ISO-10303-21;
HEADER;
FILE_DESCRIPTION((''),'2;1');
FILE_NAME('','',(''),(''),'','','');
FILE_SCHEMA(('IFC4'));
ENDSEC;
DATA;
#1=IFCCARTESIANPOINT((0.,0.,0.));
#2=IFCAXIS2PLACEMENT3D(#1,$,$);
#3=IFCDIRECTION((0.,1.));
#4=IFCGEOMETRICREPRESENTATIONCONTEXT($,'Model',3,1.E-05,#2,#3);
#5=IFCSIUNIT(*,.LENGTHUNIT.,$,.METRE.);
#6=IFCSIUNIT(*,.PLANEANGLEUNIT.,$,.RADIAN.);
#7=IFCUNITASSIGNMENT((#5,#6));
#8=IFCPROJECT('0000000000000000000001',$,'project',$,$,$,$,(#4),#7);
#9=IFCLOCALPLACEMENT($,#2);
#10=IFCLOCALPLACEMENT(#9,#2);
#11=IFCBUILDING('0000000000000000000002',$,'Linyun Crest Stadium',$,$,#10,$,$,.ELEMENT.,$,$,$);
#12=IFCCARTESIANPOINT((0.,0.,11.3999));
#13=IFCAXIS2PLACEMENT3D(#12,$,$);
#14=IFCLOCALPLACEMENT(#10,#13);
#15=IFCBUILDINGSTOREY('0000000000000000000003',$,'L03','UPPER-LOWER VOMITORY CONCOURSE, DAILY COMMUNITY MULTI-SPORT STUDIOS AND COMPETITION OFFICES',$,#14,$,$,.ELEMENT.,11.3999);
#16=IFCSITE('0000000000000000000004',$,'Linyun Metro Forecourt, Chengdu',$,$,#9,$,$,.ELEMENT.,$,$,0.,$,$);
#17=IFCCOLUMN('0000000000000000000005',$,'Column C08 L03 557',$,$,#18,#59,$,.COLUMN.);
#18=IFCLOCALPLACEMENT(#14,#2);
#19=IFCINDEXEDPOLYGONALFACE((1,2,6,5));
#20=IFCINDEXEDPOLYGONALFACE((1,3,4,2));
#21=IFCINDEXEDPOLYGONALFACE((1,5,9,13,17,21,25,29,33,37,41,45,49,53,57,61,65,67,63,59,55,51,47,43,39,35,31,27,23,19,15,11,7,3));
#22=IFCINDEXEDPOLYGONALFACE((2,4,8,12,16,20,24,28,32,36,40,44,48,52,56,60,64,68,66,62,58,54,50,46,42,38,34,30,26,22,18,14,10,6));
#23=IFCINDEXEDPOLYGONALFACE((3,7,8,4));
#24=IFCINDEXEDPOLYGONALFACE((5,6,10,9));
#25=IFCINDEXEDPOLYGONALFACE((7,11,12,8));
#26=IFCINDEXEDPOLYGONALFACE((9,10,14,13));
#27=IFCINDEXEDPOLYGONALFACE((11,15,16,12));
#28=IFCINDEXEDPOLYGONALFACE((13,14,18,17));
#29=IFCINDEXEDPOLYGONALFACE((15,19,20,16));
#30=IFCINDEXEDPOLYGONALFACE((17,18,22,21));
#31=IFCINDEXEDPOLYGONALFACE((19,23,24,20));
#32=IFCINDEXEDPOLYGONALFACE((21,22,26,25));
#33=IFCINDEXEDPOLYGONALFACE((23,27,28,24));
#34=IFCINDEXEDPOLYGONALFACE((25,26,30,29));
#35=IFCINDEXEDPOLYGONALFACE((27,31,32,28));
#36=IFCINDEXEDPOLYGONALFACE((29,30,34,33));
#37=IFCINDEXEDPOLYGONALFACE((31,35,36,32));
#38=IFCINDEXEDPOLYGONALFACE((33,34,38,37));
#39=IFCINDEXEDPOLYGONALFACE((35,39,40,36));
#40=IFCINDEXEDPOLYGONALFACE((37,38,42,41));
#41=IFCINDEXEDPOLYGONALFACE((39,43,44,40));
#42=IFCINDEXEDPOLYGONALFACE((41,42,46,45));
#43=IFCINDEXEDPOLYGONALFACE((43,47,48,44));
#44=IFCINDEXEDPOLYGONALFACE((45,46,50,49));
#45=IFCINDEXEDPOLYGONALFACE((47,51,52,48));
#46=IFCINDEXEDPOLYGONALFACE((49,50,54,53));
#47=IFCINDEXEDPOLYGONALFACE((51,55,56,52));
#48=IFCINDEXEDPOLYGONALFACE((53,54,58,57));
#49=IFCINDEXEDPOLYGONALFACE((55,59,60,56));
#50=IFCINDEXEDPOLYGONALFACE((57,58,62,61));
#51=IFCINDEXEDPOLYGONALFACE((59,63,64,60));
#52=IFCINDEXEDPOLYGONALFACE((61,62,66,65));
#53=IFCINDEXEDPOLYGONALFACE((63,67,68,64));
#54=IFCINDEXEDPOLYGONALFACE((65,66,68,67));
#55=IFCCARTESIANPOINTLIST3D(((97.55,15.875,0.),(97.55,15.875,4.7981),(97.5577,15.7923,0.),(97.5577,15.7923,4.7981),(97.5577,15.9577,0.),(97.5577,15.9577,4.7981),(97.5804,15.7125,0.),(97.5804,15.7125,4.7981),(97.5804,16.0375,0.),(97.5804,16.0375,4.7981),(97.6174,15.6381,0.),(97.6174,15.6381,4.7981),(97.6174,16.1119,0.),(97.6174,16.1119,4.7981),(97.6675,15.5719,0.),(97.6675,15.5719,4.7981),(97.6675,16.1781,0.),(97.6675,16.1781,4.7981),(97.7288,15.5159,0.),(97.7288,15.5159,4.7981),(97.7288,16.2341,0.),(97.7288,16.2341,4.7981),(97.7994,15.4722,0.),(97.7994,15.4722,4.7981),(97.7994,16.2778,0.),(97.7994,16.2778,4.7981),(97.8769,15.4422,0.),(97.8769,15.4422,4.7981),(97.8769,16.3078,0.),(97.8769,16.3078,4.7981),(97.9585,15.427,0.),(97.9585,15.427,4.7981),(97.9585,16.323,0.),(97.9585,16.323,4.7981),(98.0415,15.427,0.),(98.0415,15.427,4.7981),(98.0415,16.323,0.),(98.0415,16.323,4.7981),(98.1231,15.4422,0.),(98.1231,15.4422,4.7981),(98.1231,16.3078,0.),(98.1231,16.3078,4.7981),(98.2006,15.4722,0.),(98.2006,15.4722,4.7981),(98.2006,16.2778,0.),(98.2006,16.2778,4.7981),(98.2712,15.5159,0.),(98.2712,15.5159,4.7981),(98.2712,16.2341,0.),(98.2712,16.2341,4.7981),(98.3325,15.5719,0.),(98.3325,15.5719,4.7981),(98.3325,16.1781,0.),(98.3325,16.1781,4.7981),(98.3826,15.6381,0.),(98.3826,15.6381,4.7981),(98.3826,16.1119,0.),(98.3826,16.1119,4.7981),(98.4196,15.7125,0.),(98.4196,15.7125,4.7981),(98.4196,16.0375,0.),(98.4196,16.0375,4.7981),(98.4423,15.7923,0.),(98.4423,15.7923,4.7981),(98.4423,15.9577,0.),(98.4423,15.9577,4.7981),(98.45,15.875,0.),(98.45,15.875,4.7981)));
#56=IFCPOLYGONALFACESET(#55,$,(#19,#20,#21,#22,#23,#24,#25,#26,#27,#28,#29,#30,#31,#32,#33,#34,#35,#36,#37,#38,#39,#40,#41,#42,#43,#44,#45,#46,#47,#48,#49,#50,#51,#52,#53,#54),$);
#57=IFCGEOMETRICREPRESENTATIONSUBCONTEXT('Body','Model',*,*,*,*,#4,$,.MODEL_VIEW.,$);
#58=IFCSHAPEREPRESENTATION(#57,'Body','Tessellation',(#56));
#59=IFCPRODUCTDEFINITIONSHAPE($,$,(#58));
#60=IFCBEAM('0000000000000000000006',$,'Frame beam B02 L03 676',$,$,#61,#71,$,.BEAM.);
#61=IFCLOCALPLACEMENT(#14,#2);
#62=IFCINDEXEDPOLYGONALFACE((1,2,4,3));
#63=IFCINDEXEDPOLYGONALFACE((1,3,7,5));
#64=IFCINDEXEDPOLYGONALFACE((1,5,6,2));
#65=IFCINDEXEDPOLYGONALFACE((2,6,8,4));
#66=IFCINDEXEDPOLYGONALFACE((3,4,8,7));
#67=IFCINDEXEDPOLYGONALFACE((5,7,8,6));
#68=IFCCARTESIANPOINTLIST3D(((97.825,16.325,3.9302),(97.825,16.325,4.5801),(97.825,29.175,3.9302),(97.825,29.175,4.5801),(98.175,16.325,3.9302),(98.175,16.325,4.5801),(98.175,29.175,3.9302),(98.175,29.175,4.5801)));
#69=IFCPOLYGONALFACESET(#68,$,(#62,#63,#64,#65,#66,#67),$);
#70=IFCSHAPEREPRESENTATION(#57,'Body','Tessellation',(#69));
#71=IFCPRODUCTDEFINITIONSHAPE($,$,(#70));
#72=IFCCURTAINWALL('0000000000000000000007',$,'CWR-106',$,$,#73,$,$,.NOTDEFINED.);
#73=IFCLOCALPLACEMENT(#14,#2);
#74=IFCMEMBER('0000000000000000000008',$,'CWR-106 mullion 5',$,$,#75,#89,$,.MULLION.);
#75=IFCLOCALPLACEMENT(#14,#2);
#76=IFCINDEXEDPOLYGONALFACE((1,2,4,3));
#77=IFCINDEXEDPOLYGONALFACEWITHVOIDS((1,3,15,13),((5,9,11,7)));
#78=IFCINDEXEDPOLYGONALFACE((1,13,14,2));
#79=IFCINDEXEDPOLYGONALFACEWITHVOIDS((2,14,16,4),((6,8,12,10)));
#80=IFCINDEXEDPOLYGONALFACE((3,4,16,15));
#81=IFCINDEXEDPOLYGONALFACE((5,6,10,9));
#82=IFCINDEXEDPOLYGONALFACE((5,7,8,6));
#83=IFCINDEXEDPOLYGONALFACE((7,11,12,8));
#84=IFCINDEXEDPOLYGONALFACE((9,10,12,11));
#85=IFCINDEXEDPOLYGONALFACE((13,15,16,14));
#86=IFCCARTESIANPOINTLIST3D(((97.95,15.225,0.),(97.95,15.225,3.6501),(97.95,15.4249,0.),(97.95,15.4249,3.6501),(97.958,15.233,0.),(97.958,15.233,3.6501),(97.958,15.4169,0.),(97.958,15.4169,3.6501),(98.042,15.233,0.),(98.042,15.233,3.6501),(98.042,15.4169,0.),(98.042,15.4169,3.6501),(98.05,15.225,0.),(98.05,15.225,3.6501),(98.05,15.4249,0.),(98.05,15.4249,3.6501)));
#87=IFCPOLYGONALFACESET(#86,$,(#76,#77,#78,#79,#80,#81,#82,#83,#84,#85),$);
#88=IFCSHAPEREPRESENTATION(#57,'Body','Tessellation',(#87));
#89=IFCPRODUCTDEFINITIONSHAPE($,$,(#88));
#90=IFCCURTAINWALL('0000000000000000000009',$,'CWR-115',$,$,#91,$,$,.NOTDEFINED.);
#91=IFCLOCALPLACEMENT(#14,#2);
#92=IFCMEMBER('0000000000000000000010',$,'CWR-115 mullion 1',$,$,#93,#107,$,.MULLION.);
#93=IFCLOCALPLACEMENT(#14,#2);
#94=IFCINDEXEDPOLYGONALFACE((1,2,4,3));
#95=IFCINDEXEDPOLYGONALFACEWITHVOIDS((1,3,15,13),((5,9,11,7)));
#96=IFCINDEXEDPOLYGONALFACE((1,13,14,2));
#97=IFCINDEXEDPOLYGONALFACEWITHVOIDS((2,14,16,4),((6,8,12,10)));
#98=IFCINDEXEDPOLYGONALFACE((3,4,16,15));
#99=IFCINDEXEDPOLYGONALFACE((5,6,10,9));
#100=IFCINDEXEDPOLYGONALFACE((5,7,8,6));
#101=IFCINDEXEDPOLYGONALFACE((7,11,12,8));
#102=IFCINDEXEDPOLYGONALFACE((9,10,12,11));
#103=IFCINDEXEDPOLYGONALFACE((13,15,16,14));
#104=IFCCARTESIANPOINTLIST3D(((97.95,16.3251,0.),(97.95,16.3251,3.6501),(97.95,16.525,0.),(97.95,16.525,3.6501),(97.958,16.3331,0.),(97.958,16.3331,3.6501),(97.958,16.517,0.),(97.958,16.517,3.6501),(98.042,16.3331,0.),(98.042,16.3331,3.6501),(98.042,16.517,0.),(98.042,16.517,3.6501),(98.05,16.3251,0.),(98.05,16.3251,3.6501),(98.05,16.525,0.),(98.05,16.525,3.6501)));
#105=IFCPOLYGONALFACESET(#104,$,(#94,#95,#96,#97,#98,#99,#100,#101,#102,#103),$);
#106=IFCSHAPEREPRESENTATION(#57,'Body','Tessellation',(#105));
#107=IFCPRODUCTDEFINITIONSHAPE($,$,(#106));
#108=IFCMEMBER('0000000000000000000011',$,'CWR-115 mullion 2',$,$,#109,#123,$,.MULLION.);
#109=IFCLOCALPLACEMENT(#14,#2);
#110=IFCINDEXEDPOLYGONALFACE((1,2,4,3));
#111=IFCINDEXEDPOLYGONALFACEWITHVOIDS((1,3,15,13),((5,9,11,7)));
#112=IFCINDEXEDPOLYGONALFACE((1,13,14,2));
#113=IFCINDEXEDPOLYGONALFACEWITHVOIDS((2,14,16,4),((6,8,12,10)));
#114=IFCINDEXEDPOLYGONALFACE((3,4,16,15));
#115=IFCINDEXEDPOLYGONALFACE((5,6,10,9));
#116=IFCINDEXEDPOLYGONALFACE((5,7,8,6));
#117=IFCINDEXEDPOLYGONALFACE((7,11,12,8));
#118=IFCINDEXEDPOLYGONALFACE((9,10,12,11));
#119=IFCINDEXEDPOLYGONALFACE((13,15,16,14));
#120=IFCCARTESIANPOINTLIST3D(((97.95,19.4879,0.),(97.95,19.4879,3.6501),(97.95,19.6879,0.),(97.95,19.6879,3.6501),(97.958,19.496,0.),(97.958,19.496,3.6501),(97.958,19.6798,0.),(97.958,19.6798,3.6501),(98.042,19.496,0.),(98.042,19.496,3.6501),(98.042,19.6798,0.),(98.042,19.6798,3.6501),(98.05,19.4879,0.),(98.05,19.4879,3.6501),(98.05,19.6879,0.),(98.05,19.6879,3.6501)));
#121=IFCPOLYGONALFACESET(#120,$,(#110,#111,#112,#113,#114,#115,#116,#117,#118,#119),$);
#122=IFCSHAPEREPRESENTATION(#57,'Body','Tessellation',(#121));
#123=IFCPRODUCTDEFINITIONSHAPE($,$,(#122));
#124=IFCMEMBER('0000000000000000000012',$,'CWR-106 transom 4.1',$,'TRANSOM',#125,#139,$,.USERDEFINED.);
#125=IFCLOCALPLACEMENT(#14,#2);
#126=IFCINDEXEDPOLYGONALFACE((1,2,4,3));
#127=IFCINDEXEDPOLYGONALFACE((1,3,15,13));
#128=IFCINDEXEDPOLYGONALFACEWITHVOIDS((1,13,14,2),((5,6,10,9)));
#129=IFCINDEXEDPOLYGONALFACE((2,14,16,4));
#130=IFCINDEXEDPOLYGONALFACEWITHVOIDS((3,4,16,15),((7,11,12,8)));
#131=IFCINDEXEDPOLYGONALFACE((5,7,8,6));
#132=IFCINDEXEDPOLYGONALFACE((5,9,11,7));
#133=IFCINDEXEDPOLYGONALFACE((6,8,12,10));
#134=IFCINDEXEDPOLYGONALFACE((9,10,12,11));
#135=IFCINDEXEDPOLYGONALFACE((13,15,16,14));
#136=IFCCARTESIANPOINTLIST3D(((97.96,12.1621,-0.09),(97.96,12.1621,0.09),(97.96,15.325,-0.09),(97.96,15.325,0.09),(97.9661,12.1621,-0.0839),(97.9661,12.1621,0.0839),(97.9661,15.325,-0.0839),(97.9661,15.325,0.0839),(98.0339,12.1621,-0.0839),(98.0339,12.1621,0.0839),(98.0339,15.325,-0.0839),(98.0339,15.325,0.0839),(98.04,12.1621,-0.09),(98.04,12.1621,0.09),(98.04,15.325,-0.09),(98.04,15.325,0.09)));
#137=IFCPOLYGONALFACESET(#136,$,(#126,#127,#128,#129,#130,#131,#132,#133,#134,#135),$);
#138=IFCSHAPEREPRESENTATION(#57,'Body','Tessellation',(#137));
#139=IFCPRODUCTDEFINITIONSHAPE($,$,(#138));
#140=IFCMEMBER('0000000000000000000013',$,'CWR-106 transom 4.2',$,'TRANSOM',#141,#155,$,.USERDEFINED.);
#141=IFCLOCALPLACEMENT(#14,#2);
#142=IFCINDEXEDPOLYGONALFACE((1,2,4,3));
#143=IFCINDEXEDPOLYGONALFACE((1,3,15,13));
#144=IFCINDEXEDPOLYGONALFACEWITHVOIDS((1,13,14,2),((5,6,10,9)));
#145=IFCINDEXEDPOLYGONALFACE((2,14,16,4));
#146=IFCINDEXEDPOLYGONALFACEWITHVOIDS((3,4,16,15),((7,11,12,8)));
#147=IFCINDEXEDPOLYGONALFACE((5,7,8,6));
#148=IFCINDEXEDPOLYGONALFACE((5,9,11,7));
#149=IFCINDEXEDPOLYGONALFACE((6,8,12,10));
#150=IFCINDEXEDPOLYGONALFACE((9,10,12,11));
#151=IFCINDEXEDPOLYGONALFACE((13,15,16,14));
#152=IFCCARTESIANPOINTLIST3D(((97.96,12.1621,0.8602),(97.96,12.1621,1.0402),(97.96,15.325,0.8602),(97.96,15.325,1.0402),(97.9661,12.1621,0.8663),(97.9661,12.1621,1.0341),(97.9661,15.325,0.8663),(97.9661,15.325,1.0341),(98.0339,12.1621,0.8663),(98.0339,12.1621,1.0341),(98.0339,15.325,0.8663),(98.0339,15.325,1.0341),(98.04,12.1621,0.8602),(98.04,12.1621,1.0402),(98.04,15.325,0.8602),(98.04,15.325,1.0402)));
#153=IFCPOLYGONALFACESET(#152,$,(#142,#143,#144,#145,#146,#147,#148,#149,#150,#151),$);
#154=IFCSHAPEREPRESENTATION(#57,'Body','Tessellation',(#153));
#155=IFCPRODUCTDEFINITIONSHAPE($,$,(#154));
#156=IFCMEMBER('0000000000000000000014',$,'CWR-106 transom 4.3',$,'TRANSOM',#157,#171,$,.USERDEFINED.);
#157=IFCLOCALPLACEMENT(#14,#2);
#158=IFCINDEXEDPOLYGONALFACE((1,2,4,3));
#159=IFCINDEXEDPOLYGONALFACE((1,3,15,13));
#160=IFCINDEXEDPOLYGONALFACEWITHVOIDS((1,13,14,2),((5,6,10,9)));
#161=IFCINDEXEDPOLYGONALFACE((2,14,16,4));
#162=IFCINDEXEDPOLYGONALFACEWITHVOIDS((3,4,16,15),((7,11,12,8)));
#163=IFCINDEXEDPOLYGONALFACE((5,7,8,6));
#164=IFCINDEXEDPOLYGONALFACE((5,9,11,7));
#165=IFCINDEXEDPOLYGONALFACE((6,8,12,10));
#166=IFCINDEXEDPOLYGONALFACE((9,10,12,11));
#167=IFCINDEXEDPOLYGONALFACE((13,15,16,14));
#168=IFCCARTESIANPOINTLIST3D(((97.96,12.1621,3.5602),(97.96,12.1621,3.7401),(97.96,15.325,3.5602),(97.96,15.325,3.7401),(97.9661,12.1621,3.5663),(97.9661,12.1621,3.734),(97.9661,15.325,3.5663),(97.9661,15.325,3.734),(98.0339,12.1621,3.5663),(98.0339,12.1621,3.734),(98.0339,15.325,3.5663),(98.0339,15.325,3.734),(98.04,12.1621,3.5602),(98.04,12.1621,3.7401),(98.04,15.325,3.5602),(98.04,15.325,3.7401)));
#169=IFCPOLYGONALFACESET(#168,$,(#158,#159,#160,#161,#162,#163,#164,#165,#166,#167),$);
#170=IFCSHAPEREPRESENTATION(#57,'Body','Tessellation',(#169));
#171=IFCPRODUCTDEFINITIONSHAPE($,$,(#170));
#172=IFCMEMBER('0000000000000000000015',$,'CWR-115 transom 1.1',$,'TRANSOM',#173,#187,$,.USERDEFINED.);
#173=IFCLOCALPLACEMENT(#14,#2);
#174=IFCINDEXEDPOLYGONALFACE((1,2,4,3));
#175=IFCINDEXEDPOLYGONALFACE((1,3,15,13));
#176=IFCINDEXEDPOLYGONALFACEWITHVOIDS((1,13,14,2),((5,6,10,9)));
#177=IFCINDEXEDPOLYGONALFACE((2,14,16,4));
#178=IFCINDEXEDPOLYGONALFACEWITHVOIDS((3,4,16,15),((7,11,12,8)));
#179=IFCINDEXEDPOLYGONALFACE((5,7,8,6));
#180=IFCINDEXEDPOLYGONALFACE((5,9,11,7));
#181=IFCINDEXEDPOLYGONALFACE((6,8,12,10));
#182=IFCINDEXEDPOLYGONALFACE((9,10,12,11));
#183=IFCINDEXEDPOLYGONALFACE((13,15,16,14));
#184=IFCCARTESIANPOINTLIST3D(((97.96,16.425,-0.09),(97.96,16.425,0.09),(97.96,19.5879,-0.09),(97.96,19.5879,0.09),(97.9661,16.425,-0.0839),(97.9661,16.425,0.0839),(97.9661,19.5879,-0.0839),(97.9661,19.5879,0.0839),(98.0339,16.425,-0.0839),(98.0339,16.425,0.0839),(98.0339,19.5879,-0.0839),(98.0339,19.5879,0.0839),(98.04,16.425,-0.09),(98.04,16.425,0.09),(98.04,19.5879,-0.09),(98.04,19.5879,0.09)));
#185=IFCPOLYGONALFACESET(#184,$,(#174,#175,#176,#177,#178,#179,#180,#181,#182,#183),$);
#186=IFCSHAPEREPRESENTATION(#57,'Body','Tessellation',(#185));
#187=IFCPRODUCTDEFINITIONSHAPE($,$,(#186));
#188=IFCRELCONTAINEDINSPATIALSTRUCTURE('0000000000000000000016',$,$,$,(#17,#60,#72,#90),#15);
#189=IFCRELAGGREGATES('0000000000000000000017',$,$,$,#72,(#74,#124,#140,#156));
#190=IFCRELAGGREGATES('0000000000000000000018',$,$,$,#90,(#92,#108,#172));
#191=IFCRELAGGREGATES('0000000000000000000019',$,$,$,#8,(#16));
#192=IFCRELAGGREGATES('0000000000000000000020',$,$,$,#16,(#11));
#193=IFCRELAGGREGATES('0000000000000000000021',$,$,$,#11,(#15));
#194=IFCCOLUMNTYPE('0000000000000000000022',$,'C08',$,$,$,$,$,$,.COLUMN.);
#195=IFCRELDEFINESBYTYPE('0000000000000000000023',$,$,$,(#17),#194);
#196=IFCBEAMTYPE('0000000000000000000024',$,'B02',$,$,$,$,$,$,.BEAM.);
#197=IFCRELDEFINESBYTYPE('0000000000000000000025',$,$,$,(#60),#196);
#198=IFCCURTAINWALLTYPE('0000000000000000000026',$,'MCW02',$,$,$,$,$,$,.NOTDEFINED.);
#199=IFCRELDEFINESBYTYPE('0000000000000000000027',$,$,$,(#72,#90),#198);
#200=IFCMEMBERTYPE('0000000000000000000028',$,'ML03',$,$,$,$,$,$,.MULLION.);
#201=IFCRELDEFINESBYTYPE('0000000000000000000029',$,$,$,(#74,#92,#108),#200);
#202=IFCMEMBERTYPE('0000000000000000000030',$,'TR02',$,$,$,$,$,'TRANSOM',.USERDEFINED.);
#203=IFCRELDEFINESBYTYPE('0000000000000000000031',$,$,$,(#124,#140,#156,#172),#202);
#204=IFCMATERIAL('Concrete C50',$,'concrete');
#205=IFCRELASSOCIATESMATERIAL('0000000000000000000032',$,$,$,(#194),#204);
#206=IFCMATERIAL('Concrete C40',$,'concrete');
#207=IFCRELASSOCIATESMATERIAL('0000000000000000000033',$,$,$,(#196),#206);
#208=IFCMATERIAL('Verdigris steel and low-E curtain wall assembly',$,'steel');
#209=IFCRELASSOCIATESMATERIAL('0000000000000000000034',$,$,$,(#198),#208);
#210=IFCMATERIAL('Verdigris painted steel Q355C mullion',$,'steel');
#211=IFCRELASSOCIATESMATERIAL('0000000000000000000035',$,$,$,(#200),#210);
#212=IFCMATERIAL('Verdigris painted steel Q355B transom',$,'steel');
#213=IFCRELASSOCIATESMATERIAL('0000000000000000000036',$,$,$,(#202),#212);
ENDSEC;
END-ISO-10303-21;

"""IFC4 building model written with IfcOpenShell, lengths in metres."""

from ifc_helpers import new_model, si_unit, direction, frame, origin, origin_2d, place, context, subcontext, project, spatial, rectangle, hollow_rectangle, circle, extrude, material, material_profile, profile_set, type_object, element, aggregate, save


model = new_model("IFC4")

# Units and contexts
model_context = context("Model", 3, precision=1e-05, world=origin(), true_north=direction((0.0, 1.0)))
body_context = subcontext(model_context, "Body", "Model", "MODEL_VIEW")
ifc_project = project(units=[si_unit("LENGTHUNIT", "METRE"), si_unit("PLANEANGLEUNIT", "RADIAN")], contexts=[model_context])

# Site, building, storey
site_placement = place(None, origin())
site = spatial("IfcSite", under=ifc_project, at=site_placement, Name="Linyun Metro Forecourt, Chengdu", CompositionType="ELEMENT", RefElevation=0.0)
building_placement = place(site_placement, origin())
building = spatial("IfcBuilding", under=site, at=building_placement, Name="Linyun Crest Stadium", CompositionType="ELEMENT")
storey_placement = place(building_placement, frame((0.0, 0.0, 11.3999)))
storey = spatial("IfcBuildingStorey", under=building, at=storey_placement, Name="L03", Description="UPPER-LOWER VOMITORY CONCOURSE, DAILY COMMUNITY MULTI-SPORT STUDIOS AND COMPETITION OFFICES", CompositionType="ELEMENT", Elevation=11.3999)

# Column
ifc_material_1 = material(Name="Concrete C50", Category="concrete")
ifc_material_profile_1 = material_profile(ifc_material_1, circle(Radius=0.45, at=origin_2d()), Name="RC D900")
ifc_profile_set_1 = profile_set([ifc_material_profile_1], Name="Concrete C50")
column_type = type_object("IfcColumnType", Name="C08", PredefinedType="COLUMN", material=ifc_profile_set_1)
column_placement = place(storey_placement, frame((98.0, 15.875, 0.0), z_axis=(0.0, 0.0, 1.0), x_axis=(1.0, 0.0, 0.0)))
element("IfcColumn", 1, at=column_placement, inside=storey, type_object=column_type, Name="Column C08 L03 557", PredefinedType="COLUMN", context=body_context, shape_type="SweptSolid", body=[
    extrude(circle(Radius=0.45, at=origin_2d()), origin(), (0.0, 0.0, 1.0), 4.7981),
])

# Beam
ifc_material_2 = material(Name="Concrete C40", Category="concrete")
ifc_material_profile_2 = material_profile(ifc_material_2, rectangle(XDim=0.3501, YDim=0.6499, at=origin_2d()), Name="RCB 650x350")
ifc_profile_set_2 = profile_set([ifc_material_profile_2], Name="Concrete C40")
beam_type = type_object("IfcBeamType", Name="B02", PredefinedType="BEAM", material=ifc_profile_set_2)
beam_placement = place(storey_placement, frame((98.0, 16.325, 4.2551), z_axis=(0.0, 1.0, 0.0), x_axis=(-1.0, 0.0, 0.0)))
element("IfcBeam", 2, at=beam_placement, inside=storey, type_object=beam_type, Name="Frame beam B02 L03 676", PredefinedType="BEAM", context=body_context, shape_type="SweptSolid", body=[
    extrude(rectangle(XDim=0.3501, YDim=0.6499, at=origin_2d()), origin(), (0.0, 0.0, 1.0), 12.8501),
])

# Curtain wall, member
ifc_material_3 = material(Name="Verdigris steel and low-E curtain wall assembly", Category="steel")
curtain_wall_type = type_object("IfcCurtainWallType", Name="MCW02", PredefinedType="NOTDEFINED", material=ifc_material_3)
curtain_wall_1_placement = place(storey_placement, origin())
curtain_wall_1 = element("IfcCurtainWall", 3, at=curtain_wall_1_placement, inside=storey, type_object=curtain_wall_type, Name="CWR-106", PredefinedType="NOTDEFINED")
ifc_material_4 = material(Name="Verdigris painted steel Q355C mullion", Category="steel")
ifc_material_profile_3 = material_profile(ifc_material_4, hollow_rectangle(XDim=0.1001, YDim=0.2, WallThickness=0.0081, at=origin_2d()), Name="RHS 200x100x8")
ifc_profile_set_3 = profile_set([ifc_material_profile_3], Name="Verdigris painted steel Q355C mullion")
member_type_1 = type_object("IfcMemberType", Name="ML03", PredefinedType="MULLION", material=ifc_profile_set_3)
member_1_placement = place(storey_placement, frame((98.0, 15.325, 0.0), z_axis=(0.0, 0.0, 1.0), x_axis=(-1.0, 0.0, 0.0)))
member_1 = element("IfcMember", 4, at=member_1_placement, type_object=member_type_1, Name="CWR-106 mullion 5", PredefinedType="MULLION", context=body_context, shape_type="SweptSolid", body=[
    extrude(hollow_rectangle(XDim=0.1001, YDim=0.2, WallThickness=0.0081, at=origin_2d()), origin(), (0.0, 0.0, 1.0), 3.6501),
])

# Curtain wall, members
curtain_wall_2_placement = place(storey_placement, origin())
curtain_wall_2 = element("IfcCurtainWall", 5, at=curtain_wall_2_placement, inside=storey, type_object=curtain_wall_type, Name="CWR-115", PredefinedType="NOTDEFINED")
member_2_placement = place(storey_placement, frame((98.0, 16.425, 0.0), z_axis=(0.0, 0.0, 1.0), x_axis=(-1.0, 0.0, 0.0)))
member_2 = element("IfcMember", 6, at=member_2_placement, type_object=member_type_1, Name="CWR-115 mullion 1", PredefinedType="MULLION", context=body_context, shape_type="SweptSolid", body=[
    extrude(hollow_rectangle(XDim=0.1001, YDim=0.2, WallThickness=0.0081, at=origin_2d()), origin(), (0.0, 0.0, 1.0), 3.6501),
])
member_3_placement = place(storey_placement, frame((98.0, 19.5879, 0.0), z_axis=(0.0, 0.0, 1.0), x_axis=(-1.0, 0.0, 0.0)))
member_3 = element("IfcMember", 7, at=member_3_placement, type_object=member_type_1, Name="CWR-115 mullion 2", PredefinedType="MULLION", context=body_context, shape_type="SweptSolid", body=[
    extrude(hollow_rectangle(XDim=0.1001, YDim=0.2, WallThickness=0.0081, at=origin_2d()), origin(), (0.0, 0.0, 1.0), 3.6501),
])

# Members
ifc_material_5 = material(Name="Verdigris painted steel Q355B transom", Category="steel")
ifc_material_profile_4 = material_profile(ifc_material_5, hollow_rectangle(XDim=0.0801, YDim=0.1799, WallThickness=0.0061, at=origin_2d()), Name="RHS 180x80x6")
ifc_profile_set_4 = profile_set([ifc_material_profile_4], Name="Verdigris painted steel Q355B transom")
member_type_2 = type_object("IfcMemberType", Name="TR02", ElementType="TRANSOM", PredefinedType="USERDEFINED", material=ifc_profile_set_4)
member_4_placement = place(storey_placement, frame((98.0, 12.1621, 0.0), z_axis=(0.0, 1.0, 0.0), x_axis=(-1.0, 0.0, 0.0)))
member_4 = element("IfcMember", 8, at=member_4_placement, type_object=member_type_2, Name="CWR-106 transom 4.1", ObjectType="TRANSOM", PredefinedType="USERDEFINED", context=body_context, shape_type="SweptSolid", body=[
    extrude(hollow_rectangle(XDim=0.0801, YDim=0.1799, WallThickness=0.0061, at=origin_2d()), origin(), (0.0, 0.0, 1.0), 3.1628),
])
member_5_placement = place(storey_placement, frame((98.0, 12.1621, 0.9502), z_axis=(0.0, 1.0, 0.0), x_axis=(-1.0, 0.0, 0.0)))
member_5 = element("IfcMember", 9, at=member_5_placement, type_object=member_type_2, Name="CWR-106 transom 4.2", ObjectType="TRANSOM", PredefinedType="USERDEFINED", context=body_context, shape_type="SweptSolid", body=[
    extrude(hollow_rectangle(XDim=0.0801, YDim=0.1799, WallThickness=0.0061, at=origin_2d()), origin(), (0.0, 0.0, 1.0), 3.1628),
])
member_6_placement = place(storey_placement, frame((98.0, 12.1621, 3.6501), z_axis=(0.0, 1.0, 0.0), x_axis=(-1.0, 0.0, 0.0)))
member_6 = element("IfcMember", 10, at=member_6_placement, type_object=member_type_2, Name="CWR-106 transom 4.3", ObjectType="TRANSOM", PredefinedType="USERDEFINED", context=body_context, shape_type="SweptSolid", body=[
    extrude(hollow_rectangle(XDim=0.0801, YDim=0.1799, WallThickness=0.0061, at=origin_2d()), origin(), (0.0, 0.0, 1.0), 3.1628),
])
member_7_placement = place(storey_placement, frame((98.0, 16.425, 0.0), z_axis=(0.0, 1.0, 0.0), x_axis=(-1.0, 0.0, 0.0)))
member_7 = element("IfcMember", 11, at=member_7_placement, type_object=member_type_2, Name="CWR-115 transom 1.1", ObjectType="TRANSOM", PredefinedType="USERDEFINED", context=body_context, shape_type="SweptSolid", body=[
    extrude(hollow_rectangle(XDim=0.0801, YDim=0.1799, WallThickness=0.0061, at=origin_2d()), origin(), (0.0, 0.0, 1.0), 3.1628),
])

aggregate(curtain_wall_1, [member_1, member_4, member_5, member_6])
aggregate(curtain_wall_2, [member_2, member_3, member_7])

save(model, "model.ifc")
